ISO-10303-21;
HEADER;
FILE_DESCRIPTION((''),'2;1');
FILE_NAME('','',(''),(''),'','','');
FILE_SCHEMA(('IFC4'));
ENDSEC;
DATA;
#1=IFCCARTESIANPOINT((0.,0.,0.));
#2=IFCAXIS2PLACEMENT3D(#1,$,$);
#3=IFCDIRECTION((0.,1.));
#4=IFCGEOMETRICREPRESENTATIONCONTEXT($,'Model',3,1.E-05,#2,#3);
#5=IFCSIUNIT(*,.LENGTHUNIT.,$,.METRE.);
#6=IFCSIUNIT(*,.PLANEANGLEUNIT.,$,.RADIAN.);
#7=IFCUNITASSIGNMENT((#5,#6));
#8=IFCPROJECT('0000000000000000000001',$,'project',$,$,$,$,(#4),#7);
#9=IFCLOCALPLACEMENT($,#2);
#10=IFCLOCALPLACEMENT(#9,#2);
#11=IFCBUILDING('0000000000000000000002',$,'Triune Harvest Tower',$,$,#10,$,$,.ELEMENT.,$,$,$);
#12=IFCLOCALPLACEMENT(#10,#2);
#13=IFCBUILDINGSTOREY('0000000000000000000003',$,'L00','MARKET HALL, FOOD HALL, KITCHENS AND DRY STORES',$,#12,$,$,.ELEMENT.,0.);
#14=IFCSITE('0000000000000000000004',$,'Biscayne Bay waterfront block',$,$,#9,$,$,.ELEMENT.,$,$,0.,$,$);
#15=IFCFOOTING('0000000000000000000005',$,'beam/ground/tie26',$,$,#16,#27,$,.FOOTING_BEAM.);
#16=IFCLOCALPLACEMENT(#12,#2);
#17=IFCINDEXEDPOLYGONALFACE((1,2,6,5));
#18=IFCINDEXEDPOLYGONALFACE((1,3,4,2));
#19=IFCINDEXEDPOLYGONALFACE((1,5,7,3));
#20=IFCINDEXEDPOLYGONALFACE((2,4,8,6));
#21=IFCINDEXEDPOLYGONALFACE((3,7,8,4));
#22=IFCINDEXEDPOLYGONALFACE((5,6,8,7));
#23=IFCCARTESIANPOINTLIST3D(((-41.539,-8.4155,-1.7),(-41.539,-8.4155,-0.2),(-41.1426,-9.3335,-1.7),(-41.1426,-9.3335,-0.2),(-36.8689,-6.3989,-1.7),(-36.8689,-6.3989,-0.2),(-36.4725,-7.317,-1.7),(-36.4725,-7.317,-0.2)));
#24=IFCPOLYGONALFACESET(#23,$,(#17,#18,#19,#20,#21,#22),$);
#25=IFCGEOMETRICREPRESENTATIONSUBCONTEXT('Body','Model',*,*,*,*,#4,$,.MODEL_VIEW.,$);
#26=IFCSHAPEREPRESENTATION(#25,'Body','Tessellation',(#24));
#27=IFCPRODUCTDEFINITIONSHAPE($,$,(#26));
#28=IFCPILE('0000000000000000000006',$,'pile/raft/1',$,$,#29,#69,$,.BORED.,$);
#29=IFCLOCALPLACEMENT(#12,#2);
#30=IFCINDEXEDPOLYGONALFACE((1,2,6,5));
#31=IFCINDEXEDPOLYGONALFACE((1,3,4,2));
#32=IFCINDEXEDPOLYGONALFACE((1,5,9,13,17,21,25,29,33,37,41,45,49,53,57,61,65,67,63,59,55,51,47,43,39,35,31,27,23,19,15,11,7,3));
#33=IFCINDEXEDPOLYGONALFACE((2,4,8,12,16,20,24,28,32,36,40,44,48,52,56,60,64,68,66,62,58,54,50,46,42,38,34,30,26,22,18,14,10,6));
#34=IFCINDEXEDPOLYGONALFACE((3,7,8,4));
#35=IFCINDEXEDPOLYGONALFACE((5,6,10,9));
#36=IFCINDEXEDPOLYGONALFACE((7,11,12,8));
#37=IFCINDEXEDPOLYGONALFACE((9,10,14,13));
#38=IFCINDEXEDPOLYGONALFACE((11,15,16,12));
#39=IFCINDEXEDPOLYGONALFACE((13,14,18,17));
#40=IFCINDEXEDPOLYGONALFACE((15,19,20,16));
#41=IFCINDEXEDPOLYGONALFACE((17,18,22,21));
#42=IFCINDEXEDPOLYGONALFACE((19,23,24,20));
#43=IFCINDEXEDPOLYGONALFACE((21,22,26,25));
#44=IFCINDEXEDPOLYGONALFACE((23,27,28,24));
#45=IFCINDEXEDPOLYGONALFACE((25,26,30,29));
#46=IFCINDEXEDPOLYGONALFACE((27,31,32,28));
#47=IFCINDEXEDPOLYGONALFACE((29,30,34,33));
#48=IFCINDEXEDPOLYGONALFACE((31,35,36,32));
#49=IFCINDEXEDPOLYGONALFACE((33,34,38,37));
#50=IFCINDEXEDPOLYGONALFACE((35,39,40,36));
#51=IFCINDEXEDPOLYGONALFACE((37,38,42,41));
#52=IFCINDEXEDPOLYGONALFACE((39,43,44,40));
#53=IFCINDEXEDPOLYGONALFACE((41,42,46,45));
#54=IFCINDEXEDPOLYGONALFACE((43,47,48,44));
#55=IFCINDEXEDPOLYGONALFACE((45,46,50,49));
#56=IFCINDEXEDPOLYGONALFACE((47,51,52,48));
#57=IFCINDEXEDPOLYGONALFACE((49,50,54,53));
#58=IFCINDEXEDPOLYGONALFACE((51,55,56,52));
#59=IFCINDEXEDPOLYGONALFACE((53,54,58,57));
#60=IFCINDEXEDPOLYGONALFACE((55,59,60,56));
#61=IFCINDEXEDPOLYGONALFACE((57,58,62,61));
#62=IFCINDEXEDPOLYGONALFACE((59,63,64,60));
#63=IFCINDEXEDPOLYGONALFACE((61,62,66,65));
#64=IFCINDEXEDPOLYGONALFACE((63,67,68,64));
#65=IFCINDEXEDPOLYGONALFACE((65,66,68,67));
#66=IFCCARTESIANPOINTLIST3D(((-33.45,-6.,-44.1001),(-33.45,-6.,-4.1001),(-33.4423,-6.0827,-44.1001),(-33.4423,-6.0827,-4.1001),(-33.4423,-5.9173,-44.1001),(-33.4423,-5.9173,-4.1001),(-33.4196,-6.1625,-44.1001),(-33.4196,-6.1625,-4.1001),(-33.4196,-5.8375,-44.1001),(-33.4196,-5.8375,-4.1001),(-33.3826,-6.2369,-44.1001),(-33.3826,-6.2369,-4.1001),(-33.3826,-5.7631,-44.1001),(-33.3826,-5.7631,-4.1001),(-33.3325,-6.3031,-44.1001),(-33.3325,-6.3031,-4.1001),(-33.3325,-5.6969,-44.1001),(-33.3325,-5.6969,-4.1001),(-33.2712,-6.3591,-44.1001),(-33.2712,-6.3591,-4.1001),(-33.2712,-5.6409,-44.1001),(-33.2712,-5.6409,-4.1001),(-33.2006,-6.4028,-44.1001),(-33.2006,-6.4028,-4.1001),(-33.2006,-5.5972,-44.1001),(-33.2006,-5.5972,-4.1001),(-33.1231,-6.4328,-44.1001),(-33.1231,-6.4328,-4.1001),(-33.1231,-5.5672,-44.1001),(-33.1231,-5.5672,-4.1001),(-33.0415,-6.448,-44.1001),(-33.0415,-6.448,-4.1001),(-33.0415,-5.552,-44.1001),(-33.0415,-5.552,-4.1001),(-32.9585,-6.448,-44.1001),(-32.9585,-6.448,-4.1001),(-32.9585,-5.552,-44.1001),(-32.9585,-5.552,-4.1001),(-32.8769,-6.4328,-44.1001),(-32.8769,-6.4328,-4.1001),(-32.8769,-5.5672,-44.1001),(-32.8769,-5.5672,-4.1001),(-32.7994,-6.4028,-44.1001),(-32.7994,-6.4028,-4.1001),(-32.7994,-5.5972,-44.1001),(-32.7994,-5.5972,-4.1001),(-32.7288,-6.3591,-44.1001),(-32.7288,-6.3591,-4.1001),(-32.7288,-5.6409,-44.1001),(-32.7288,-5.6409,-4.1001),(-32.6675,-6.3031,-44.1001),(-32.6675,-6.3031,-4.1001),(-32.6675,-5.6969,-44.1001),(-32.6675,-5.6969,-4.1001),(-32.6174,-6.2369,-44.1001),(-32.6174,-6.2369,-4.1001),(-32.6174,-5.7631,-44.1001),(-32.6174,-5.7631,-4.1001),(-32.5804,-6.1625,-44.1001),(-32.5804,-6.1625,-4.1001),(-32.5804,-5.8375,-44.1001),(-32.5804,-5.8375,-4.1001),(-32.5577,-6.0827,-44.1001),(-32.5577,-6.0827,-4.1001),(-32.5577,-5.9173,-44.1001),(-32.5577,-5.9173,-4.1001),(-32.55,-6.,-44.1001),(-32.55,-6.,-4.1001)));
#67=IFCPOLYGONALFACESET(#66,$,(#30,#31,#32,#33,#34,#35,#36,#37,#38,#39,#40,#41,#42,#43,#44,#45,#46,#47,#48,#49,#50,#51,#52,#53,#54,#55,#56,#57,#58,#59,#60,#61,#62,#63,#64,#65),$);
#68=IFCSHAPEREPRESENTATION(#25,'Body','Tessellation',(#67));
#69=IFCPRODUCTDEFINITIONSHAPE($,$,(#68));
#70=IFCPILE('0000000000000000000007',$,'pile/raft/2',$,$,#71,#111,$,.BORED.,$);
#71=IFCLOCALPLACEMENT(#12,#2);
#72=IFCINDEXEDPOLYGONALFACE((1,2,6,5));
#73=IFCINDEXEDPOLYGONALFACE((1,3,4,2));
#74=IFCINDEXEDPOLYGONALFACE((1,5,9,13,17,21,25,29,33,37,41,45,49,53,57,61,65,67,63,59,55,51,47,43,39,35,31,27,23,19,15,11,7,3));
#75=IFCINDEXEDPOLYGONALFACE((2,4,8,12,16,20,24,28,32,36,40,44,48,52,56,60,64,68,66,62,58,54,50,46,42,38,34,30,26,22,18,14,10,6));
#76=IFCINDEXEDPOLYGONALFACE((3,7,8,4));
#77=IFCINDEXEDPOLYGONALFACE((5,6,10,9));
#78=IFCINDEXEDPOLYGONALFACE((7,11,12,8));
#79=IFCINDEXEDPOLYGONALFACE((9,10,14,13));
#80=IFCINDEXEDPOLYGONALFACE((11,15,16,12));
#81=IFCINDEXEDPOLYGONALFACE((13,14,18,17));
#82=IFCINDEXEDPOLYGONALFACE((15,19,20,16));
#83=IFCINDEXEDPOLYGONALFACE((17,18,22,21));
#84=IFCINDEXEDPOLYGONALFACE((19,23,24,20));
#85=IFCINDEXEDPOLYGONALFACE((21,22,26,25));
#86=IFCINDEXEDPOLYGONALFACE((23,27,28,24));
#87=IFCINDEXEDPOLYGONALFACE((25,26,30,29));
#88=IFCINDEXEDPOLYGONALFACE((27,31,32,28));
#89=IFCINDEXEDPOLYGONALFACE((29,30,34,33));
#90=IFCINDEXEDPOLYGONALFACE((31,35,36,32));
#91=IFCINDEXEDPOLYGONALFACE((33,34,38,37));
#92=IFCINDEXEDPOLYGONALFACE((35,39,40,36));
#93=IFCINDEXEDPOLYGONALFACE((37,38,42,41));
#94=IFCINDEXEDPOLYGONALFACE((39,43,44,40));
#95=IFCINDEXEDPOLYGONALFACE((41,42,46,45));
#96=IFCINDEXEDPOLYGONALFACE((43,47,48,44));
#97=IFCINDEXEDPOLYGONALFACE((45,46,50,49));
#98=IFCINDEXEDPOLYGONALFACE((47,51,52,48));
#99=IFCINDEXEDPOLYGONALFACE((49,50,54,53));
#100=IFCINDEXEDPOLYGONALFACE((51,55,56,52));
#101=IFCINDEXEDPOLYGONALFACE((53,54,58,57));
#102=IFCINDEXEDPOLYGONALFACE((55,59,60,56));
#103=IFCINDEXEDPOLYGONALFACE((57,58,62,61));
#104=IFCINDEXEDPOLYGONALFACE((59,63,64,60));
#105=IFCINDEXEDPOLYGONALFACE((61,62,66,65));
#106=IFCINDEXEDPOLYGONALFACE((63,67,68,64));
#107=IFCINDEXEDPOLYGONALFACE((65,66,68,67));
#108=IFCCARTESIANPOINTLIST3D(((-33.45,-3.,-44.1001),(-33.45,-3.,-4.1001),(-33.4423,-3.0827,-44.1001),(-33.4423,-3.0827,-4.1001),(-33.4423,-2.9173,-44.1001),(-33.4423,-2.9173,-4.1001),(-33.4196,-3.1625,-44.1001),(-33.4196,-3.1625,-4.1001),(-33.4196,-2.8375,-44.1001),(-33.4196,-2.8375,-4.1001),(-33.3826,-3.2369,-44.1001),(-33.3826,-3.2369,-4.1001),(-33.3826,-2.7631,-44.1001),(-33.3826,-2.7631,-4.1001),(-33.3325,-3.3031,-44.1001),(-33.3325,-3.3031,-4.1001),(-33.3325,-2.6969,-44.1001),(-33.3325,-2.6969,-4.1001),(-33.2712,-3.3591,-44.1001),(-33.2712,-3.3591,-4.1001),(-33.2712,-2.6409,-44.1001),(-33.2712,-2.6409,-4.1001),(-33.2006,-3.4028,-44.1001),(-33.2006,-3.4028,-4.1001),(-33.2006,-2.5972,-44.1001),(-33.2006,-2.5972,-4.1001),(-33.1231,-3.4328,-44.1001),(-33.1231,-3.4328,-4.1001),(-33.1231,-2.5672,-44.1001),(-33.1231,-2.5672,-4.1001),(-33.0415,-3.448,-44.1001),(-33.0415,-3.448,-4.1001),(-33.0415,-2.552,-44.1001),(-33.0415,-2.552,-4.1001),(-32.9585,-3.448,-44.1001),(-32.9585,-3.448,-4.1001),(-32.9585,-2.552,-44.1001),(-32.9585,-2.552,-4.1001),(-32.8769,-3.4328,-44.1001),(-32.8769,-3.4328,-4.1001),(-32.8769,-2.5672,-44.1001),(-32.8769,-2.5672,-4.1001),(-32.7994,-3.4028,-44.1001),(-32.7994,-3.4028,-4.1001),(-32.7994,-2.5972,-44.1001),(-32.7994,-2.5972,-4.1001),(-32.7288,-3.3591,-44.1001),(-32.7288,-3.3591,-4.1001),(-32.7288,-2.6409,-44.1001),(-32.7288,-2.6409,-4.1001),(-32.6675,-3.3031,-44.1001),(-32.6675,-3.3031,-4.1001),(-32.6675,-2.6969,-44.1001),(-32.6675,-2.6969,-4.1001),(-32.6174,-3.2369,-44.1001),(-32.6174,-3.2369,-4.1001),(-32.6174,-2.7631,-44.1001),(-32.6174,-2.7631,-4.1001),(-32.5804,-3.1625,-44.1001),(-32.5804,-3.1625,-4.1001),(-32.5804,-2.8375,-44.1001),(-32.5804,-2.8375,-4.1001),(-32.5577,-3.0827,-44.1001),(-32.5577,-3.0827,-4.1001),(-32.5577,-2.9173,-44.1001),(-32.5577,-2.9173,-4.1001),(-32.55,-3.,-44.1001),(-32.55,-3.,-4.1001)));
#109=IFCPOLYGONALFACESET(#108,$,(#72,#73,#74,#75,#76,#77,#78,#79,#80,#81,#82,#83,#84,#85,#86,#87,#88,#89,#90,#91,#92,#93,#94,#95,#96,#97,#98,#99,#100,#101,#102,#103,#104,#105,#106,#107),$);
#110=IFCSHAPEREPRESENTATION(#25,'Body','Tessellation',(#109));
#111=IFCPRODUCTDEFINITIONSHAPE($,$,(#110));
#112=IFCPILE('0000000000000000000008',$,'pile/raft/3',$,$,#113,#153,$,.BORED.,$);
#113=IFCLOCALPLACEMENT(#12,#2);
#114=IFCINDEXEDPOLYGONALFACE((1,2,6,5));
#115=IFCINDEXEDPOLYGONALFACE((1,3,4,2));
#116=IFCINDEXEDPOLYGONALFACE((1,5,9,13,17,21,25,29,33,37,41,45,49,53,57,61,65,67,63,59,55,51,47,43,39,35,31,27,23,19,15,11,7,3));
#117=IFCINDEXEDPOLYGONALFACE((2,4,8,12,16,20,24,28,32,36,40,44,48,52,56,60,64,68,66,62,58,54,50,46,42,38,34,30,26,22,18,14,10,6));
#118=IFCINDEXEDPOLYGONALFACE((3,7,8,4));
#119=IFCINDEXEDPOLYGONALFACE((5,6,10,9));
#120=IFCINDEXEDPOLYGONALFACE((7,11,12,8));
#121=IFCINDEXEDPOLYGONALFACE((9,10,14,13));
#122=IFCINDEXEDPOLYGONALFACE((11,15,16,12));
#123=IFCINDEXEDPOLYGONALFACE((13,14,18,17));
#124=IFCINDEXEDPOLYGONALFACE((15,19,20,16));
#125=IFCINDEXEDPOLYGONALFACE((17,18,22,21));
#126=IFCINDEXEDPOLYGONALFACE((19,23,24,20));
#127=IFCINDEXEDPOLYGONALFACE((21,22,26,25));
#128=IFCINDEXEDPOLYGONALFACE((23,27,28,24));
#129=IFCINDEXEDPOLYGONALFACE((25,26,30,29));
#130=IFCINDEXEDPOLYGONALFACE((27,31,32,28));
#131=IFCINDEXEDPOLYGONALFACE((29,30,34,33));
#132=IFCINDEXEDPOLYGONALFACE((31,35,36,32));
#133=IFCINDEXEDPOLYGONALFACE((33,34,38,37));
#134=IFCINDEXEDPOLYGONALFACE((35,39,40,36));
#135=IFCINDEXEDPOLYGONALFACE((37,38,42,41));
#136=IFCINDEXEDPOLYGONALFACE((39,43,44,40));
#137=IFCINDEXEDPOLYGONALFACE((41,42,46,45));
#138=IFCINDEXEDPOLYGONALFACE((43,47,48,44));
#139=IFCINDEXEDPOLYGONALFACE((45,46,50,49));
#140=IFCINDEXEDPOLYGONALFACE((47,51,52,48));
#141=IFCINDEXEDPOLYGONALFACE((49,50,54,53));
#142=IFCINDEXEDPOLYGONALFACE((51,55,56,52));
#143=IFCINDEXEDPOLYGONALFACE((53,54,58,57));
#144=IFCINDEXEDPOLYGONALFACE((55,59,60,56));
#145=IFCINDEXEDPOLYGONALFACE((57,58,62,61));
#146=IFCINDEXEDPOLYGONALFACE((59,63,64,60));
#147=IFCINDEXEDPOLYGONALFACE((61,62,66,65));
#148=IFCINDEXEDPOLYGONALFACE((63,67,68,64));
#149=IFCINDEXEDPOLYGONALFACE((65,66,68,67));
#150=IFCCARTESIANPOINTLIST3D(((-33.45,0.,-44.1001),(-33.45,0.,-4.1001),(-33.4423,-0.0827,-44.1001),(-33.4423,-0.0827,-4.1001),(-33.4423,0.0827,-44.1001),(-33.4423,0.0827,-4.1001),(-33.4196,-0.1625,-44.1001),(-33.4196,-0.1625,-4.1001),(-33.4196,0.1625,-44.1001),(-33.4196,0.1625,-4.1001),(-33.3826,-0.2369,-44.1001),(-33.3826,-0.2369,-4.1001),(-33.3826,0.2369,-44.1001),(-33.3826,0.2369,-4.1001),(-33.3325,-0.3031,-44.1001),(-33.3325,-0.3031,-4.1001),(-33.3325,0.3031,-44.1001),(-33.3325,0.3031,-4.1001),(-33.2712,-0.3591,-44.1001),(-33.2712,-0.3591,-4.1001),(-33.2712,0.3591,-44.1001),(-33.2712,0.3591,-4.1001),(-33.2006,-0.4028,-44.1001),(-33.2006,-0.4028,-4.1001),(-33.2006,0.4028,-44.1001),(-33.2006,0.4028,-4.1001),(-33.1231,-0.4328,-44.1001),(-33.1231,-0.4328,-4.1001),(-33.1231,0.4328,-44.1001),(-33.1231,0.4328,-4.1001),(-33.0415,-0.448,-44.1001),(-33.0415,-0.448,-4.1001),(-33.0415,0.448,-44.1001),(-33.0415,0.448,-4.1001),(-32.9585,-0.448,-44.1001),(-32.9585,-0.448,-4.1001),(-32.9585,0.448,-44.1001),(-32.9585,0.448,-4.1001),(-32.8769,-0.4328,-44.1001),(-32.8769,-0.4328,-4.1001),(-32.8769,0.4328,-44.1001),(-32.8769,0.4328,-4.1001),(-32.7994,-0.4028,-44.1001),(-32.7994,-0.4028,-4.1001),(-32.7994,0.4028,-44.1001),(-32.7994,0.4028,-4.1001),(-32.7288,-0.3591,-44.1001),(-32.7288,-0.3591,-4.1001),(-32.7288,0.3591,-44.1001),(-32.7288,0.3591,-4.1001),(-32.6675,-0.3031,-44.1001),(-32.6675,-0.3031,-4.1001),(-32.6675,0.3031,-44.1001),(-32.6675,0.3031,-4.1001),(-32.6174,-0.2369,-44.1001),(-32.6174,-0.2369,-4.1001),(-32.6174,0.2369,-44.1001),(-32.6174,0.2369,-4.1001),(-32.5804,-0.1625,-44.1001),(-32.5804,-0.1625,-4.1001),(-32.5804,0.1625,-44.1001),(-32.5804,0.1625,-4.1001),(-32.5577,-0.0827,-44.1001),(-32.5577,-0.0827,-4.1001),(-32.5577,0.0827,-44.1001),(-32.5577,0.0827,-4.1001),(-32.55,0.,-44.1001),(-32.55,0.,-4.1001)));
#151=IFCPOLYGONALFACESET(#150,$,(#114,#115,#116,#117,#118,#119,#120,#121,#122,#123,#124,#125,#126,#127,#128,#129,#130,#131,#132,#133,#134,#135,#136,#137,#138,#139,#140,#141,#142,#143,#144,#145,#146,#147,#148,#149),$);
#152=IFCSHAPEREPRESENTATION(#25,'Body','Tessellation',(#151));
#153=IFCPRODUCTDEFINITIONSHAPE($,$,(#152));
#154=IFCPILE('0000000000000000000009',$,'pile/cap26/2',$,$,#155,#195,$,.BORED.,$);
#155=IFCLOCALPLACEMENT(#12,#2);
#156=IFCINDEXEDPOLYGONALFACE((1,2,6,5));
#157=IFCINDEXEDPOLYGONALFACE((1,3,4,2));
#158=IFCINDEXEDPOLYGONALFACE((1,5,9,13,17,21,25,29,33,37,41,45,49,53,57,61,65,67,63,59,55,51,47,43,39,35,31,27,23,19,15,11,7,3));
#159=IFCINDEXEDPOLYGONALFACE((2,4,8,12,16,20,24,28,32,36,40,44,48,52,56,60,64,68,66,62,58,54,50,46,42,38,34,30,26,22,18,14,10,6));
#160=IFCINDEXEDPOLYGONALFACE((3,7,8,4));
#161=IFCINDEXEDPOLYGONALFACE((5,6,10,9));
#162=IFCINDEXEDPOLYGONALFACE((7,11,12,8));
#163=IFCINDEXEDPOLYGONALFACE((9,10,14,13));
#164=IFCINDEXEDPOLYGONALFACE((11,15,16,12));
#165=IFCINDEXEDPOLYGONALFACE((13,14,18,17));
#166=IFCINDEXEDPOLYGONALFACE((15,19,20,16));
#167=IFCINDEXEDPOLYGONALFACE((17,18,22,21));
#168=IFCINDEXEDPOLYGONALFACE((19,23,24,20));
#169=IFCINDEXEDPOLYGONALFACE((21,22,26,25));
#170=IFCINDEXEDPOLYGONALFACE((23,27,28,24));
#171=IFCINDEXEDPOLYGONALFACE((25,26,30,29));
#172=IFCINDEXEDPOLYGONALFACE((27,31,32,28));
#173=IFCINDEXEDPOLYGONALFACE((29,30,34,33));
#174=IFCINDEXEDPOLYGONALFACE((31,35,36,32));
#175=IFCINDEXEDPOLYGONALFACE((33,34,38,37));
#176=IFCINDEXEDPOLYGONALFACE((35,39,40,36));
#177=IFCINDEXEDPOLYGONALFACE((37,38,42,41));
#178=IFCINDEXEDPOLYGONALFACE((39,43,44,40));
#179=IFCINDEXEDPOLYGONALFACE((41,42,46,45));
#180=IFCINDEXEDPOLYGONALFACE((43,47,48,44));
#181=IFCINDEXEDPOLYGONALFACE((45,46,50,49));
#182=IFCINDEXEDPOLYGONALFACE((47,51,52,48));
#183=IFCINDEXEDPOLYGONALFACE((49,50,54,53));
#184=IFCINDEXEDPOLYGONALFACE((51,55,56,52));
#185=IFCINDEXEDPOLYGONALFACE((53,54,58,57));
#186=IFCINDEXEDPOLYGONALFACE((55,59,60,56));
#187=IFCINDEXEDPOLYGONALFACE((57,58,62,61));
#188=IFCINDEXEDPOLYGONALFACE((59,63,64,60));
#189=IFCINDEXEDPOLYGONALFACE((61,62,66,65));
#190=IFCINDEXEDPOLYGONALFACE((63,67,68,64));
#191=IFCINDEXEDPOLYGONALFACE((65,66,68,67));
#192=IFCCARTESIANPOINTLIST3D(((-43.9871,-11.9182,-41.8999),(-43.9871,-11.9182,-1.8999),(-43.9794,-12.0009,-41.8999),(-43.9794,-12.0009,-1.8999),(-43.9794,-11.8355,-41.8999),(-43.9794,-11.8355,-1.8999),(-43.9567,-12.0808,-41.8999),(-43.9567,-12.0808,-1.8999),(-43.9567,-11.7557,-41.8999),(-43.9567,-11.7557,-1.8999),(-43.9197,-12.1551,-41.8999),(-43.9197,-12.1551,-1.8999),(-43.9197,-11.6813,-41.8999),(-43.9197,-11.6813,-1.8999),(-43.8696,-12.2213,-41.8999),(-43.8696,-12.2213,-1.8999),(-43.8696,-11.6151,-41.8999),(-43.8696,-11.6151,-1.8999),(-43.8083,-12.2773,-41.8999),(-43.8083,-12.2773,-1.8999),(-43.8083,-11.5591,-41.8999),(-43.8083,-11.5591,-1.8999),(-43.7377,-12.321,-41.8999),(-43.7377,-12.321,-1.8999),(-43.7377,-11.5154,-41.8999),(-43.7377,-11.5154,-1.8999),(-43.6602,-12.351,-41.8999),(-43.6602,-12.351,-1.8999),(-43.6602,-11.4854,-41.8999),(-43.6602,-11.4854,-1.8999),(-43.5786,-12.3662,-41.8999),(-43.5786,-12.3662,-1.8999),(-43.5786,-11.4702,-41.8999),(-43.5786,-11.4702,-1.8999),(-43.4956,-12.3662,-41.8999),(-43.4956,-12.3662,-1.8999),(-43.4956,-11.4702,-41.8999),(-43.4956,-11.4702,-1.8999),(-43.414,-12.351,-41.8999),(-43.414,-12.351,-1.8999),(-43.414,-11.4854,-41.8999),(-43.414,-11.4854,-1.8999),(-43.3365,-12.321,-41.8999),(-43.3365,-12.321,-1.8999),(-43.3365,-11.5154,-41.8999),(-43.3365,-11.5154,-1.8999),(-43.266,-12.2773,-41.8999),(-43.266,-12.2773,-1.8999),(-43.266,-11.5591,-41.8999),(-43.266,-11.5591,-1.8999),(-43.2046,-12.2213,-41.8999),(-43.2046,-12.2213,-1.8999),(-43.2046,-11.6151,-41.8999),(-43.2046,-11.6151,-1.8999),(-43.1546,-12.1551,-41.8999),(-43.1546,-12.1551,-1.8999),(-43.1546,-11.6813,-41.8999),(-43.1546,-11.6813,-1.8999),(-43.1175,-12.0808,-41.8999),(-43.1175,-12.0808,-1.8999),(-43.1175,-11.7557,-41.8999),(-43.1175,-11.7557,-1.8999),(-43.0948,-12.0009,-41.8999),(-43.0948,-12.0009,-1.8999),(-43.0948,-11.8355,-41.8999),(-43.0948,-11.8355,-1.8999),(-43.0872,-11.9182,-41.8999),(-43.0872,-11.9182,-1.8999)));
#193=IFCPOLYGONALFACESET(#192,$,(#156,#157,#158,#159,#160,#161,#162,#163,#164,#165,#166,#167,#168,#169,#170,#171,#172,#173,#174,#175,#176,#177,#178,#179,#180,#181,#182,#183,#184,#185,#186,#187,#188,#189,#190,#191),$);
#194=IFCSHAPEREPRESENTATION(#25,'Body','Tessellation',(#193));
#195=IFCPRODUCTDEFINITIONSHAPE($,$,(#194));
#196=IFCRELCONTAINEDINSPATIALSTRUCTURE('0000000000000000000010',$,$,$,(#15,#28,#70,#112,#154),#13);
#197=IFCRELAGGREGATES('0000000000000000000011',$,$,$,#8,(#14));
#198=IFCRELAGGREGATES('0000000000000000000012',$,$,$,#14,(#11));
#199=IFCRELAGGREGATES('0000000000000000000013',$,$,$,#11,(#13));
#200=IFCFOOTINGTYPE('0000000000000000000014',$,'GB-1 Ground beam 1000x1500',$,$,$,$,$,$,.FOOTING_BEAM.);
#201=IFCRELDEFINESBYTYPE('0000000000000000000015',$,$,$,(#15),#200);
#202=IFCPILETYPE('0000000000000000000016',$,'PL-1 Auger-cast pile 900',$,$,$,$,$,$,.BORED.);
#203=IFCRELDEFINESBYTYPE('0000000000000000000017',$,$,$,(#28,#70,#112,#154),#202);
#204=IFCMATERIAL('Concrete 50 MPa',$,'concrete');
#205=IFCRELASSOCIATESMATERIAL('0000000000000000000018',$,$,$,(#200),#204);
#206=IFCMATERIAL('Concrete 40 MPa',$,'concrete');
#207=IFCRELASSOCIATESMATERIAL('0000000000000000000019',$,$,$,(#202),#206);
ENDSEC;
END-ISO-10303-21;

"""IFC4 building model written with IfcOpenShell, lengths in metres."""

from ifc_helpers import new_model, si_unit, direction, frame, origin, origin_2d, place, context, subcontext, project, spatial, rectangle, circle, extrude, source, transform, mapped, material, material_profile, profile_set, type_object, element, save


model = new_model("IFC4")

# Units and contexts
model_context = context("Model", 3, precision=1e-05, world=origin(), true_north=direction((0.0, 1.0)))
body_context = subcontext(model_context, "Body", "Model", "MODEL_VIEW")
ifc_project = project(units=[si_unit("LENGTHUNIT", "METRE"), si_unit("PLANEANGLEUNIT", "RADIAN")], contexts=[model_context])

# Site, building, storey
site_placement = place(None, origin())
site = spatial("IfcSite", under=ifc_project, at=site_placement, Name="Biscayne Bay waterfront block", CompositionType="ELEMENT", RefElevation=0.0)
building_placement = place(site_placement, origin())
building = spatial("IfcBuilding", under=site, at=building_placement, Name="Triune Harvest Tower", CompositionType="ELEMENT")
storey_placement = place(building_placement, origin())
storey = spatial("IfcBuildingStorey", under=building, at=storey_placement, Name="L00", Description="MARKET HALL, FOOD HALL, KITCHENS AND DRY STORES", CompositionType="ELEMENT", Elevation=0.0)

# Footing
ifc_material_1 = material(Name="Concrete 50 MPa", Category="concrete")
ifc_material_profile_1 = material_profile(ifc_material_1, rectangle(XDim=1.0, YDim=1.5, at=origin_2d()), Name="Concrete 1000x1500")
ifc_profile_set_1 = profile_set([ifc_material_profile_1], Name="Concrete 50 MPa")
footing_type_1 = type_object("IfcFootingType", Name="GB-1 Ground beam 1000x1500", PredefinedType="FOOTING_BEAM", material=ifc_profile_set_1)
footing_1_placement = place(storey_placement, frame((-41.3408, -8.8745, -0.95), z_axis=(0.918067, 0.396426, 0.0), x_axis=(-0.396426, 0.918067, 0.0)))
element("IfcFooting", 1, at=footing_1_placement, inside=storey, type_object=footing_type_1, Name="beam/ground/tie26", PredefinedType="FOOTING_BEAM", context=body_context, shape_type="SweptSolid", body=[
    extrude(rectangle(XDim=1.0, YDim=1.5, at=origin_2d()), origin(), (0.0, 0.0, 1.0), 5.0869),
])

# Piles
ifc_material_2 = material(Name="Concrete 40 MPa", Category="concrete")
ifc_material_profile_2 = material_profile(ifc_material_2, circle(Radius=0.45, at=origin_2d()), Name="Bored 900")
ifc_profile_set_2 = profile_set([ifc_material_profile_2], Name="Concrete 40 MPa")
pile_type = type_object("IfcPileType", Name="PL-1 Auger-cast pile 900", PredefinedType="BORED", material=ifc_profile_set_2)
shared_shape_1 = source(origin(), body_context, "Body", "SweptSolid", [
    extrude(circle(Radius=0.45, at=origin_2d()), origin(), (0.0, 0.0, 1.0), 40.0),
])
for number, where, z_axis, x_axis, name in (
    (2, (-33.0, -6.0, -4.1001), (0.0, 0.0, -1.0), (1.0, 0.0, 0.0), "pile/raft/1"),
    (3, (-33.0, -3.0, -4.1001), (0.0, 0.0, -1.0), (1.0, 0.0, 0.0), "pile/raft/2"),
    (4, (-33.0, 0.0, -4.1001), (0.0, 0.0, -1.0), (1.0, 0.0, 0.0), "pile/raft/3"),
    (5, (-43.5371, -11.9182, -1.8999), (0.0, 0.0, -1.0), (1.0, 0.0, 0.0), "pile/cap26/2"),
):
    element("IfcPile", number, at=place(storey_placement, frame(where, z_axis=z_axis, x_axis=x_axis)), inside=storey, type_object=pile_type, Name=name, PredefinedType="BORED", context=body_context, shape_type="MappedRepresentation", body=[
        mapped(shared_shape_1, transform((0.0, 0.0, 0.0), scale=1.0)),
    ])

save(model, "model.ifc")
